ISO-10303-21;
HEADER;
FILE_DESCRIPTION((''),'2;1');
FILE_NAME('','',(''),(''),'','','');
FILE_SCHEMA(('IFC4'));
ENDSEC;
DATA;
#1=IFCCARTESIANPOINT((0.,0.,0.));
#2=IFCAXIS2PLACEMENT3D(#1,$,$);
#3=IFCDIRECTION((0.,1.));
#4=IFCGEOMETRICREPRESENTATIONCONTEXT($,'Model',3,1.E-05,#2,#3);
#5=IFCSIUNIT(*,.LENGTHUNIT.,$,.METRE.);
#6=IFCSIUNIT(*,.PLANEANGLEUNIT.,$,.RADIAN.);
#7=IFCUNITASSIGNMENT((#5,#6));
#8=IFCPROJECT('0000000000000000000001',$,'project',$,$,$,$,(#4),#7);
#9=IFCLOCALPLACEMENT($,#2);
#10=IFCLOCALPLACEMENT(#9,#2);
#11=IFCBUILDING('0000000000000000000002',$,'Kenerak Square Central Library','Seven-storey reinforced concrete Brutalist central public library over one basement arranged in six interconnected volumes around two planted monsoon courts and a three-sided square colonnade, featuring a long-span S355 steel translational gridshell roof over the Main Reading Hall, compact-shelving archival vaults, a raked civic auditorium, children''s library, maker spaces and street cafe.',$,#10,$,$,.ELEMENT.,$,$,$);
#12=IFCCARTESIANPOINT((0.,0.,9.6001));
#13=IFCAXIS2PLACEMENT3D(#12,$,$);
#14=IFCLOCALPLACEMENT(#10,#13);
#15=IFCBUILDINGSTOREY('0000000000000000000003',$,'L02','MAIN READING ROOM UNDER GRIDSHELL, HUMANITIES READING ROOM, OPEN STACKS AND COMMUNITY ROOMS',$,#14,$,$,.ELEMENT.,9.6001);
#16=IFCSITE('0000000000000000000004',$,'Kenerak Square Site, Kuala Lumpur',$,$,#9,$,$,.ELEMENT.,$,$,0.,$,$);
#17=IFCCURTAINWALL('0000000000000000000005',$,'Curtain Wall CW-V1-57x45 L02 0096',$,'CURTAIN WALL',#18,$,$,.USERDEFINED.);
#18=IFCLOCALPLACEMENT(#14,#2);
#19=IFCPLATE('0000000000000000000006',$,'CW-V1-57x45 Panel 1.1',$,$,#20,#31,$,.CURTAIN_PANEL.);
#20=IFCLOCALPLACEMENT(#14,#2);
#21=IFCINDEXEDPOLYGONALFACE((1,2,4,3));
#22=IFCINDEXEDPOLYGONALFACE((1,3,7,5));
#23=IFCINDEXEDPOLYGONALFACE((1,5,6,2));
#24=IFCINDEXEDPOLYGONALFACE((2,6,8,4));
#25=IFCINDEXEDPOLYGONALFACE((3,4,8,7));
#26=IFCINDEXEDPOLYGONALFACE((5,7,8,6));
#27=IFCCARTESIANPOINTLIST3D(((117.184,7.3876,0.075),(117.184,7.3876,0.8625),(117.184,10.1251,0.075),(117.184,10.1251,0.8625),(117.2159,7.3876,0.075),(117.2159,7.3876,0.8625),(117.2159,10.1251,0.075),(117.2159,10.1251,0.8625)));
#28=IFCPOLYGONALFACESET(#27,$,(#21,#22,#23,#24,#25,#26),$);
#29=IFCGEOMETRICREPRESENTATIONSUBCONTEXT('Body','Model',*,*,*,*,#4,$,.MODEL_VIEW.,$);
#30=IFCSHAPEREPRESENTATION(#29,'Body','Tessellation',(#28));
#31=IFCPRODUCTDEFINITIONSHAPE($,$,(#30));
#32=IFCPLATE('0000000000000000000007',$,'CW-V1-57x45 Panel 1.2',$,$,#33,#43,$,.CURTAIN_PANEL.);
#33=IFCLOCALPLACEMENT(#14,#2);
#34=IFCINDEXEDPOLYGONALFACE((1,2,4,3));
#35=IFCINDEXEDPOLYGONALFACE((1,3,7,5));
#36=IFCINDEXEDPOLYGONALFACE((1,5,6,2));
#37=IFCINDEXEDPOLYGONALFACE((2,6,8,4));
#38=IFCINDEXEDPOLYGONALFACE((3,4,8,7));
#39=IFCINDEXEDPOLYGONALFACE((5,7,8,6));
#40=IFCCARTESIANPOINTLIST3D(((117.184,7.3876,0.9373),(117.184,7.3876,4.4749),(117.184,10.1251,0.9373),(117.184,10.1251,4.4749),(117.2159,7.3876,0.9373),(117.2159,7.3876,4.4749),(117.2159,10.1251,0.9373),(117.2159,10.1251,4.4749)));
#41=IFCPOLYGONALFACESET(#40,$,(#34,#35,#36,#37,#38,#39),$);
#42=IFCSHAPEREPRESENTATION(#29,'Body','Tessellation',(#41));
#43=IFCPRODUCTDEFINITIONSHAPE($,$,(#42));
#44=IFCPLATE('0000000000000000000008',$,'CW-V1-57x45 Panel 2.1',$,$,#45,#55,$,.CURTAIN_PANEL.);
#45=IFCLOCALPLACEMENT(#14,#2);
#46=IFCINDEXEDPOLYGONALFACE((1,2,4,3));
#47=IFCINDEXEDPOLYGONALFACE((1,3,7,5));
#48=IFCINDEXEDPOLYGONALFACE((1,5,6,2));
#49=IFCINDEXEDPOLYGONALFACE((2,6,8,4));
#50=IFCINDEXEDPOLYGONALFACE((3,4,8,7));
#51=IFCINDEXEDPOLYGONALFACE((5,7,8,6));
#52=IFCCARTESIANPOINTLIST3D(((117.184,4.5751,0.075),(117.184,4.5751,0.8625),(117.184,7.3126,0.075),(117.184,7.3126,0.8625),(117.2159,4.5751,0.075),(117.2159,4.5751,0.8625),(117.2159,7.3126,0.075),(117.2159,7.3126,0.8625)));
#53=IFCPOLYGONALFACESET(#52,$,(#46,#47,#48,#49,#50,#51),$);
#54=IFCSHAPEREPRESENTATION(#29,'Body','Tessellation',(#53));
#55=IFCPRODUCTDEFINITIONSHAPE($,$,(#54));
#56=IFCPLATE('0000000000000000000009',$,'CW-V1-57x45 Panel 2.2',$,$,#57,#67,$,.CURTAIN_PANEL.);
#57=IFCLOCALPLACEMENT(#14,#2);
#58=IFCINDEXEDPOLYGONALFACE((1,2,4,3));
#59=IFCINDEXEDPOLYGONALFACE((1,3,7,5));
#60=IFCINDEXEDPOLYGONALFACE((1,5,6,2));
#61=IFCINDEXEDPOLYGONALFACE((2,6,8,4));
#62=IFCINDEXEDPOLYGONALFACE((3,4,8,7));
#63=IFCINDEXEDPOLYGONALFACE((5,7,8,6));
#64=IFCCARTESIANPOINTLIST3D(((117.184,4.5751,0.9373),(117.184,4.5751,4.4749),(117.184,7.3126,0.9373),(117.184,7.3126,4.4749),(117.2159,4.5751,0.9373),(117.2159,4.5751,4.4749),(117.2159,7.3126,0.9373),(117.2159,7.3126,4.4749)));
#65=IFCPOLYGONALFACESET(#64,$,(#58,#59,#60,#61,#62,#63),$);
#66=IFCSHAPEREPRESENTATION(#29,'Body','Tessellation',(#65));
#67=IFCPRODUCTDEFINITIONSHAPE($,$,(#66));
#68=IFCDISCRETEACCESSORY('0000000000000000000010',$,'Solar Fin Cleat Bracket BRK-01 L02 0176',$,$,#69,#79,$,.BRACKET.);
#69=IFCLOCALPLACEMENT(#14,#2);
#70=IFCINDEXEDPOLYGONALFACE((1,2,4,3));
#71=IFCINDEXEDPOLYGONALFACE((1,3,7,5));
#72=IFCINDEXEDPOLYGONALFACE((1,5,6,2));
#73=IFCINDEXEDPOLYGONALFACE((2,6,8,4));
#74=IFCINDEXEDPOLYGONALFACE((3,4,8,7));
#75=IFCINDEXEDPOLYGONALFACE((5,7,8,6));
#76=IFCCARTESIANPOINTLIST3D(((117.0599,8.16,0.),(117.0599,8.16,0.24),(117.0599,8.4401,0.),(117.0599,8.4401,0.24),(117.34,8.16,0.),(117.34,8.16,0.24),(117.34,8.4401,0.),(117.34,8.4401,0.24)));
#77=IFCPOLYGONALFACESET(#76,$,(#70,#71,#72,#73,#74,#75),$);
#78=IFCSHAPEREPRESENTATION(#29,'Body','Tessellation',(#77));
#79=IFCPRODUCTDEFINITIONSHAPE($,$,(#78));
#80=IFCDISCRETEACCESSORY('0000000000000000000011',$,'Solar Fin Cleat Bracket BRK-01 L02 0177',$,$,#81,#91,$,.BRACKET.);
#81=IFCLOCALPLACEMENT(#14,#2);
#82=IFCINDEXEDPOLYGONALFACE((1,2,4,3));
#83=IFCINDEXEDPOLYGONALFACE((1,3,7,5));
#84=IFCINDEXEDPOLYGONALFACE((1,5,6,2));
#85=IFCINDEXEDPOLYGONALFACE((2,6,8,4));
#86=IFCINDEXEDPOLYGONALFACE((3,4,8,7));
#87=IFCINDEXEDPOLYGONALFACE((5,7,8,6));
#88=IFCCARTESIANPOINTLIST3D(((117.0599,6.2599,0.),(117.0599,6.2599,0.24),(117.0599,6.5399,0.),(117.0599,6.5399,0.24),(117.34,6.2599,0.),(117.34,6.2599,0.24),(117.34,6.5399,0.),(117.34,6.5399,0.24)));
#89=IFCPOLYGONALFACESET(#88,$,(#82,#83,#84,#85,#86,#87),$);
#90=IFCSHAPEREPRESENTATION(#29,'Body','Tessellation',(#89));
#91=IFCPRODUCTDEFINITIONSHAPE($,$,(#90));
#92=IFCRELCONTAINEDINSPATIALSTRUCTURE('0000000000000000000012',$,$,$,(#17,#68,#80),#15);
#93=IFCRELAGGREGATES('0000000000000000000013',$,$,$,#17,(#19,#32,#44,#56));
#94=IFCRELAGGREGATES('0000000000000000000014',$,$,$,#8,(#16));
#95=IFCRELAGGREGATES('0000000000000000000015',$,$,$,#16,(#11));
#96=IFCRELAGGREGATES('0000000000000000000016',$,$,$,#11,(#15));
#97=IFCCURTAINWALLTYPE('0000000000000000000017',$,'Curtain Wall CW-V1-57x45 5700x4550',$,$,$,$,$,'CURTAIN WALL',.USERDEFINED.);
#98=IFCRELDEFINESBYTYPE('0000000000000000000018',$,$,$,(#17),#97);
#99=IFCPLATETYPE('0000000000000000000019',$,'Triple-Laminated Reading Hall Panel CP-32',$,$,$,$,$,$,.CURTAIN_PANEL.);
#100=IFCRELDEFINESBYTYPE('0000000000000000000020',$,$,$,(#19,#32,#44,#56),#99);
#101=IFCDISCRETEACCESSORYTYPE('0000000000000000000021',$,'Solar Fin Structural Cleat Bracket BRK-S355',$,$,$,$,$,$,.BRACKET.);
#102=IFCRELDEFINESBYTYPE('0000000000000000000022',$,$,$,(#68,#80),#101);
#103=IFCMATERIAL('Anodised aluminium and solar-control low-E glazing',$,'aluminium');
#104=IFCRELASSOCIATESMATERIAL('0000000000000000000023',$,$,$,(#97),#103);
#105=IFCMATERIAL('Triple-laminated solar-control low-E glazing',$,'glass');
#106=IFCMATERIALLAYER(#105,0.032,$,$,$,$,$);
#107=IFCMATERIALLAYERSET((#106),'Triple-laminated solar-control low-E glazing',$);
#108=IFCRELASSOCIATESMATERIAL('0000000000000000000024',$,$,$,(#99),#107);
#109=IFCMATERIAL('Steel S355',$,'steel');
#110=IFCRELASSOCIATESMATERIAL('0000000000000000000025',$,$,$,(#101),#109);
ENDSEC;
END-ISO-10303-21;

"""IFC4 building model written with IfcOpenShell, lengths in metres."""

from ifc_helpers import new_model, si_unit, direction, frame, origin, origin_2d, place, context, subcontext, project, spatial, rectangle, extrude, material, layer, layer_set, type_object, element, aggregate, save


model = new_model("IFC4")

# Units and contexts
model_context = context("Model", 3, precision=1e-05, world=origin(), true_north=direction((0.0, 1.0)))
body_context = subcontext(model_context, "Body", "Model", "MODEL_VIEW")
ifc_project = project(units=[si_unit("LENGTHUNIT", "METRE"), si_unit("PLANEANGLEUNIT", "RADIAN")], contexts=[model_context])

# Site, building, storey
site_placement = place(None, origin())
site = spatial("IfcSite", under=ifc_project, at=site_placement, Name="Kenerak Square Site, Kuala Lumpur", CompositionType="ELEMENT", RefElevation=0.0)
building_placement = place(site_placement, origin())
building = spatial("IfcBuilding", under=site, at=building_placement, Name="Kenerak Square Central Library", Description="Seven-storey reinforced concrete Brutalist central public library over one basement arranged in six interconnected volumes around two planted monsoon courts and a three-sided square colonnade, featuring a long-span S355 steel translational gridshell roof over the Main Reading Hall, compact-shelving archival vaults, a raked civic auditorium, children's library, maker spaces and street cafe.", CompositionType="ELEMENT")
storey_placement = place(building_placement, frame((0.0, 0.0, 9.6001)))
storey = spatial("IfcBuildingStorey", under=building, at=storey_placement, Name="L02", Description="MAIN READING ROOM UNDER GRIDSHELL, HUMANITIES READING ROOM, OPEN STACKS AND COMMUNITY ROOMS", CompositionType="ELEMENT", Elevation=9.6001)

# Curtain wall
ifc_material_1 = material(Name="Anodised aluminium and solar-control low-E glazing", Category="aluminium")
curtain_wall_type_1 = type_object("IfcCurtainWallType", Name="Curtain Wall CW-V1-57x45 5700x4550", ElementType="CURTAIN WALL", PredefinedType="USERDEFINED", material=ifc_material_1)
curtain_wall_1_placement = place(storey_placement, origin())
curtain_wall_1 = element("IfcCurtainWall", 1, at=curtain_wall_1_placement, inside=storey, type_object=curtain_wall_type_1, Name="Curtain Wall CW-V1-57x45 L02 0096", ObjectType="CURTAIN WALL", PredefinedType="USERDEFINED")

# Shared definitions
ifc_material_2 = material(Name="Steel S355", Category="steel")

# Plates
ifc_material_3 = material(Name="Triple-laminated solar-control low-E glazing", Category="glass")
ifc_layer_1 = layer(ifc_material_3, 0.032)
ifc_layer_set_1 = layer_set([ifc_layer_1], Name="Triple-laminated solar-control low-E glazing")
plate_type_1 = type_object("IfcPlateType", Name="Triple-Laminated Reading Hall Panel CP-32", PredefinedType="CURTAIN_PANEL", material=ifc_layer_set_1)
plate_1_placement = place(storey_placement, frame((117.2, 8.7563, 0.075), z_axis=(0.0, 0.0, 1.0), x_axis=(0.0, -1.0, 0.0)))
plate_1 = element("IfcPlate", 2, at=plate_1_placement, type_object=plate_type_1, Name="CW-V1-57x45 Panel 1.1", PredefinedType="CURTAIN_PANEL", context=body_context, shape_type="SweptSolid", body=[
    extrude(rectangle(XDim=2.7375, YDim=0.032, at=origin_2d()), origin(), (0.0, 0.0, 1.0), 0.7876),
])
plate_2_placement = place(storey_placement, frame((117.2, 8.7563, 0.9373), z_axis=(0.0, 0.0, 1.0), x_axis=(0.0, -1.0, 0.0)))
plate_2 = element("IfcPlate", 3, at=plate_2_placement, type_object=plate_type_1, Name="CW-V1-57x45 Panel 1.2", PredefinedType="CURTAIN_PANEL", context=body_context, shape_type="SweptSolid", body=[
    extrude(rectangle(XDim=2.7375, YDim=0.032, at=origin_2d()), origin(), (0.0, 0.0, 1.0), 3.5376),
])
plate_3_placement = place(storey_placement, frame((117.2, 5.9438, 0.075), z_axis=(0.0, 0.0, 1.0), x_axis=(0.0, -1.0, 0.0)))
plate_3 = element("IfcPlate", 4, at=plate_3_placement, type_object=plate_type_1, Name="CW-V1-57x45 Panel 2.1", PredefinedType="CURTAIN_PANEL", context=body_context, shape_type="SweptSolid", body=[
    extrude(rectangle(XDim=2.7375, YDim=0.032, at=origin_2d()), origin(), (0.0, 0.0, 1.0), 0.7876),
])
plate_4_placement = place(storey_placement, frame((117.2, 5.9438, 0.9373), z_axis=(0.0, 0.0, 1.0), x_axis=(0.0, -1.0, 0.0)))
plate_4 = element("IfcPlate", 5, at=plate_4_placement, type_object=plate_type_1, Name="CW-V1-57x45 Panel 2.2", PredefinedType="CURTAIN_PANEL", context=body_context, shape_type="SweptSolid", body=[
    extrude(rectangle(XDim=2.7375, YDim=0.032, at=origin_2d()), origin(), (0.0, 0.0, 1.0), 3.5376),
])
aggregate(curtain_wall_1, [plate_1, plate_2, plate_3, plate_4])

# Discrete accessories
discrete_accessory_type = type_object("IfcDiscreteAccessoryType", Name="Solar Fin Structural Cleat Bracket BRK-S355", PredefinedType="BRACKET", material=ifc_material_2)
for number, where, z_axis, x_axis, name in (
    (6, (117.2, 8.3, 0.0), (0.0, 0.0, 1.0), (0.0, -1.0, 0.0), "Solar Fin Cleat Bracket BRK-01 L02 0176"),
    (7, (117.2, 6.3999, 0.0), (0.0, 0.0, 1.0), (0.0, -1.0, 0.0), "Solar Fin Cleat Bracket BRK-01 L02 0177"),
):
    element("IfcDiscreteAccessory", number, at=place(storey_placement, frame(where, z_axis=z_axis, x_axis=x_axis)), inside=storey, type_object=discrete_accessory_type, Name=name, PredefinedType="BRACKET", context=body_context, shape_type="SweptSolid", body=[
        extrude(rectangle(XDim=0.28, YDim=0.28, at=origin_2d()), origin(), (0.0, 0.0, 1.0), 0.24),
    ])

save(model, "model.ifc")
